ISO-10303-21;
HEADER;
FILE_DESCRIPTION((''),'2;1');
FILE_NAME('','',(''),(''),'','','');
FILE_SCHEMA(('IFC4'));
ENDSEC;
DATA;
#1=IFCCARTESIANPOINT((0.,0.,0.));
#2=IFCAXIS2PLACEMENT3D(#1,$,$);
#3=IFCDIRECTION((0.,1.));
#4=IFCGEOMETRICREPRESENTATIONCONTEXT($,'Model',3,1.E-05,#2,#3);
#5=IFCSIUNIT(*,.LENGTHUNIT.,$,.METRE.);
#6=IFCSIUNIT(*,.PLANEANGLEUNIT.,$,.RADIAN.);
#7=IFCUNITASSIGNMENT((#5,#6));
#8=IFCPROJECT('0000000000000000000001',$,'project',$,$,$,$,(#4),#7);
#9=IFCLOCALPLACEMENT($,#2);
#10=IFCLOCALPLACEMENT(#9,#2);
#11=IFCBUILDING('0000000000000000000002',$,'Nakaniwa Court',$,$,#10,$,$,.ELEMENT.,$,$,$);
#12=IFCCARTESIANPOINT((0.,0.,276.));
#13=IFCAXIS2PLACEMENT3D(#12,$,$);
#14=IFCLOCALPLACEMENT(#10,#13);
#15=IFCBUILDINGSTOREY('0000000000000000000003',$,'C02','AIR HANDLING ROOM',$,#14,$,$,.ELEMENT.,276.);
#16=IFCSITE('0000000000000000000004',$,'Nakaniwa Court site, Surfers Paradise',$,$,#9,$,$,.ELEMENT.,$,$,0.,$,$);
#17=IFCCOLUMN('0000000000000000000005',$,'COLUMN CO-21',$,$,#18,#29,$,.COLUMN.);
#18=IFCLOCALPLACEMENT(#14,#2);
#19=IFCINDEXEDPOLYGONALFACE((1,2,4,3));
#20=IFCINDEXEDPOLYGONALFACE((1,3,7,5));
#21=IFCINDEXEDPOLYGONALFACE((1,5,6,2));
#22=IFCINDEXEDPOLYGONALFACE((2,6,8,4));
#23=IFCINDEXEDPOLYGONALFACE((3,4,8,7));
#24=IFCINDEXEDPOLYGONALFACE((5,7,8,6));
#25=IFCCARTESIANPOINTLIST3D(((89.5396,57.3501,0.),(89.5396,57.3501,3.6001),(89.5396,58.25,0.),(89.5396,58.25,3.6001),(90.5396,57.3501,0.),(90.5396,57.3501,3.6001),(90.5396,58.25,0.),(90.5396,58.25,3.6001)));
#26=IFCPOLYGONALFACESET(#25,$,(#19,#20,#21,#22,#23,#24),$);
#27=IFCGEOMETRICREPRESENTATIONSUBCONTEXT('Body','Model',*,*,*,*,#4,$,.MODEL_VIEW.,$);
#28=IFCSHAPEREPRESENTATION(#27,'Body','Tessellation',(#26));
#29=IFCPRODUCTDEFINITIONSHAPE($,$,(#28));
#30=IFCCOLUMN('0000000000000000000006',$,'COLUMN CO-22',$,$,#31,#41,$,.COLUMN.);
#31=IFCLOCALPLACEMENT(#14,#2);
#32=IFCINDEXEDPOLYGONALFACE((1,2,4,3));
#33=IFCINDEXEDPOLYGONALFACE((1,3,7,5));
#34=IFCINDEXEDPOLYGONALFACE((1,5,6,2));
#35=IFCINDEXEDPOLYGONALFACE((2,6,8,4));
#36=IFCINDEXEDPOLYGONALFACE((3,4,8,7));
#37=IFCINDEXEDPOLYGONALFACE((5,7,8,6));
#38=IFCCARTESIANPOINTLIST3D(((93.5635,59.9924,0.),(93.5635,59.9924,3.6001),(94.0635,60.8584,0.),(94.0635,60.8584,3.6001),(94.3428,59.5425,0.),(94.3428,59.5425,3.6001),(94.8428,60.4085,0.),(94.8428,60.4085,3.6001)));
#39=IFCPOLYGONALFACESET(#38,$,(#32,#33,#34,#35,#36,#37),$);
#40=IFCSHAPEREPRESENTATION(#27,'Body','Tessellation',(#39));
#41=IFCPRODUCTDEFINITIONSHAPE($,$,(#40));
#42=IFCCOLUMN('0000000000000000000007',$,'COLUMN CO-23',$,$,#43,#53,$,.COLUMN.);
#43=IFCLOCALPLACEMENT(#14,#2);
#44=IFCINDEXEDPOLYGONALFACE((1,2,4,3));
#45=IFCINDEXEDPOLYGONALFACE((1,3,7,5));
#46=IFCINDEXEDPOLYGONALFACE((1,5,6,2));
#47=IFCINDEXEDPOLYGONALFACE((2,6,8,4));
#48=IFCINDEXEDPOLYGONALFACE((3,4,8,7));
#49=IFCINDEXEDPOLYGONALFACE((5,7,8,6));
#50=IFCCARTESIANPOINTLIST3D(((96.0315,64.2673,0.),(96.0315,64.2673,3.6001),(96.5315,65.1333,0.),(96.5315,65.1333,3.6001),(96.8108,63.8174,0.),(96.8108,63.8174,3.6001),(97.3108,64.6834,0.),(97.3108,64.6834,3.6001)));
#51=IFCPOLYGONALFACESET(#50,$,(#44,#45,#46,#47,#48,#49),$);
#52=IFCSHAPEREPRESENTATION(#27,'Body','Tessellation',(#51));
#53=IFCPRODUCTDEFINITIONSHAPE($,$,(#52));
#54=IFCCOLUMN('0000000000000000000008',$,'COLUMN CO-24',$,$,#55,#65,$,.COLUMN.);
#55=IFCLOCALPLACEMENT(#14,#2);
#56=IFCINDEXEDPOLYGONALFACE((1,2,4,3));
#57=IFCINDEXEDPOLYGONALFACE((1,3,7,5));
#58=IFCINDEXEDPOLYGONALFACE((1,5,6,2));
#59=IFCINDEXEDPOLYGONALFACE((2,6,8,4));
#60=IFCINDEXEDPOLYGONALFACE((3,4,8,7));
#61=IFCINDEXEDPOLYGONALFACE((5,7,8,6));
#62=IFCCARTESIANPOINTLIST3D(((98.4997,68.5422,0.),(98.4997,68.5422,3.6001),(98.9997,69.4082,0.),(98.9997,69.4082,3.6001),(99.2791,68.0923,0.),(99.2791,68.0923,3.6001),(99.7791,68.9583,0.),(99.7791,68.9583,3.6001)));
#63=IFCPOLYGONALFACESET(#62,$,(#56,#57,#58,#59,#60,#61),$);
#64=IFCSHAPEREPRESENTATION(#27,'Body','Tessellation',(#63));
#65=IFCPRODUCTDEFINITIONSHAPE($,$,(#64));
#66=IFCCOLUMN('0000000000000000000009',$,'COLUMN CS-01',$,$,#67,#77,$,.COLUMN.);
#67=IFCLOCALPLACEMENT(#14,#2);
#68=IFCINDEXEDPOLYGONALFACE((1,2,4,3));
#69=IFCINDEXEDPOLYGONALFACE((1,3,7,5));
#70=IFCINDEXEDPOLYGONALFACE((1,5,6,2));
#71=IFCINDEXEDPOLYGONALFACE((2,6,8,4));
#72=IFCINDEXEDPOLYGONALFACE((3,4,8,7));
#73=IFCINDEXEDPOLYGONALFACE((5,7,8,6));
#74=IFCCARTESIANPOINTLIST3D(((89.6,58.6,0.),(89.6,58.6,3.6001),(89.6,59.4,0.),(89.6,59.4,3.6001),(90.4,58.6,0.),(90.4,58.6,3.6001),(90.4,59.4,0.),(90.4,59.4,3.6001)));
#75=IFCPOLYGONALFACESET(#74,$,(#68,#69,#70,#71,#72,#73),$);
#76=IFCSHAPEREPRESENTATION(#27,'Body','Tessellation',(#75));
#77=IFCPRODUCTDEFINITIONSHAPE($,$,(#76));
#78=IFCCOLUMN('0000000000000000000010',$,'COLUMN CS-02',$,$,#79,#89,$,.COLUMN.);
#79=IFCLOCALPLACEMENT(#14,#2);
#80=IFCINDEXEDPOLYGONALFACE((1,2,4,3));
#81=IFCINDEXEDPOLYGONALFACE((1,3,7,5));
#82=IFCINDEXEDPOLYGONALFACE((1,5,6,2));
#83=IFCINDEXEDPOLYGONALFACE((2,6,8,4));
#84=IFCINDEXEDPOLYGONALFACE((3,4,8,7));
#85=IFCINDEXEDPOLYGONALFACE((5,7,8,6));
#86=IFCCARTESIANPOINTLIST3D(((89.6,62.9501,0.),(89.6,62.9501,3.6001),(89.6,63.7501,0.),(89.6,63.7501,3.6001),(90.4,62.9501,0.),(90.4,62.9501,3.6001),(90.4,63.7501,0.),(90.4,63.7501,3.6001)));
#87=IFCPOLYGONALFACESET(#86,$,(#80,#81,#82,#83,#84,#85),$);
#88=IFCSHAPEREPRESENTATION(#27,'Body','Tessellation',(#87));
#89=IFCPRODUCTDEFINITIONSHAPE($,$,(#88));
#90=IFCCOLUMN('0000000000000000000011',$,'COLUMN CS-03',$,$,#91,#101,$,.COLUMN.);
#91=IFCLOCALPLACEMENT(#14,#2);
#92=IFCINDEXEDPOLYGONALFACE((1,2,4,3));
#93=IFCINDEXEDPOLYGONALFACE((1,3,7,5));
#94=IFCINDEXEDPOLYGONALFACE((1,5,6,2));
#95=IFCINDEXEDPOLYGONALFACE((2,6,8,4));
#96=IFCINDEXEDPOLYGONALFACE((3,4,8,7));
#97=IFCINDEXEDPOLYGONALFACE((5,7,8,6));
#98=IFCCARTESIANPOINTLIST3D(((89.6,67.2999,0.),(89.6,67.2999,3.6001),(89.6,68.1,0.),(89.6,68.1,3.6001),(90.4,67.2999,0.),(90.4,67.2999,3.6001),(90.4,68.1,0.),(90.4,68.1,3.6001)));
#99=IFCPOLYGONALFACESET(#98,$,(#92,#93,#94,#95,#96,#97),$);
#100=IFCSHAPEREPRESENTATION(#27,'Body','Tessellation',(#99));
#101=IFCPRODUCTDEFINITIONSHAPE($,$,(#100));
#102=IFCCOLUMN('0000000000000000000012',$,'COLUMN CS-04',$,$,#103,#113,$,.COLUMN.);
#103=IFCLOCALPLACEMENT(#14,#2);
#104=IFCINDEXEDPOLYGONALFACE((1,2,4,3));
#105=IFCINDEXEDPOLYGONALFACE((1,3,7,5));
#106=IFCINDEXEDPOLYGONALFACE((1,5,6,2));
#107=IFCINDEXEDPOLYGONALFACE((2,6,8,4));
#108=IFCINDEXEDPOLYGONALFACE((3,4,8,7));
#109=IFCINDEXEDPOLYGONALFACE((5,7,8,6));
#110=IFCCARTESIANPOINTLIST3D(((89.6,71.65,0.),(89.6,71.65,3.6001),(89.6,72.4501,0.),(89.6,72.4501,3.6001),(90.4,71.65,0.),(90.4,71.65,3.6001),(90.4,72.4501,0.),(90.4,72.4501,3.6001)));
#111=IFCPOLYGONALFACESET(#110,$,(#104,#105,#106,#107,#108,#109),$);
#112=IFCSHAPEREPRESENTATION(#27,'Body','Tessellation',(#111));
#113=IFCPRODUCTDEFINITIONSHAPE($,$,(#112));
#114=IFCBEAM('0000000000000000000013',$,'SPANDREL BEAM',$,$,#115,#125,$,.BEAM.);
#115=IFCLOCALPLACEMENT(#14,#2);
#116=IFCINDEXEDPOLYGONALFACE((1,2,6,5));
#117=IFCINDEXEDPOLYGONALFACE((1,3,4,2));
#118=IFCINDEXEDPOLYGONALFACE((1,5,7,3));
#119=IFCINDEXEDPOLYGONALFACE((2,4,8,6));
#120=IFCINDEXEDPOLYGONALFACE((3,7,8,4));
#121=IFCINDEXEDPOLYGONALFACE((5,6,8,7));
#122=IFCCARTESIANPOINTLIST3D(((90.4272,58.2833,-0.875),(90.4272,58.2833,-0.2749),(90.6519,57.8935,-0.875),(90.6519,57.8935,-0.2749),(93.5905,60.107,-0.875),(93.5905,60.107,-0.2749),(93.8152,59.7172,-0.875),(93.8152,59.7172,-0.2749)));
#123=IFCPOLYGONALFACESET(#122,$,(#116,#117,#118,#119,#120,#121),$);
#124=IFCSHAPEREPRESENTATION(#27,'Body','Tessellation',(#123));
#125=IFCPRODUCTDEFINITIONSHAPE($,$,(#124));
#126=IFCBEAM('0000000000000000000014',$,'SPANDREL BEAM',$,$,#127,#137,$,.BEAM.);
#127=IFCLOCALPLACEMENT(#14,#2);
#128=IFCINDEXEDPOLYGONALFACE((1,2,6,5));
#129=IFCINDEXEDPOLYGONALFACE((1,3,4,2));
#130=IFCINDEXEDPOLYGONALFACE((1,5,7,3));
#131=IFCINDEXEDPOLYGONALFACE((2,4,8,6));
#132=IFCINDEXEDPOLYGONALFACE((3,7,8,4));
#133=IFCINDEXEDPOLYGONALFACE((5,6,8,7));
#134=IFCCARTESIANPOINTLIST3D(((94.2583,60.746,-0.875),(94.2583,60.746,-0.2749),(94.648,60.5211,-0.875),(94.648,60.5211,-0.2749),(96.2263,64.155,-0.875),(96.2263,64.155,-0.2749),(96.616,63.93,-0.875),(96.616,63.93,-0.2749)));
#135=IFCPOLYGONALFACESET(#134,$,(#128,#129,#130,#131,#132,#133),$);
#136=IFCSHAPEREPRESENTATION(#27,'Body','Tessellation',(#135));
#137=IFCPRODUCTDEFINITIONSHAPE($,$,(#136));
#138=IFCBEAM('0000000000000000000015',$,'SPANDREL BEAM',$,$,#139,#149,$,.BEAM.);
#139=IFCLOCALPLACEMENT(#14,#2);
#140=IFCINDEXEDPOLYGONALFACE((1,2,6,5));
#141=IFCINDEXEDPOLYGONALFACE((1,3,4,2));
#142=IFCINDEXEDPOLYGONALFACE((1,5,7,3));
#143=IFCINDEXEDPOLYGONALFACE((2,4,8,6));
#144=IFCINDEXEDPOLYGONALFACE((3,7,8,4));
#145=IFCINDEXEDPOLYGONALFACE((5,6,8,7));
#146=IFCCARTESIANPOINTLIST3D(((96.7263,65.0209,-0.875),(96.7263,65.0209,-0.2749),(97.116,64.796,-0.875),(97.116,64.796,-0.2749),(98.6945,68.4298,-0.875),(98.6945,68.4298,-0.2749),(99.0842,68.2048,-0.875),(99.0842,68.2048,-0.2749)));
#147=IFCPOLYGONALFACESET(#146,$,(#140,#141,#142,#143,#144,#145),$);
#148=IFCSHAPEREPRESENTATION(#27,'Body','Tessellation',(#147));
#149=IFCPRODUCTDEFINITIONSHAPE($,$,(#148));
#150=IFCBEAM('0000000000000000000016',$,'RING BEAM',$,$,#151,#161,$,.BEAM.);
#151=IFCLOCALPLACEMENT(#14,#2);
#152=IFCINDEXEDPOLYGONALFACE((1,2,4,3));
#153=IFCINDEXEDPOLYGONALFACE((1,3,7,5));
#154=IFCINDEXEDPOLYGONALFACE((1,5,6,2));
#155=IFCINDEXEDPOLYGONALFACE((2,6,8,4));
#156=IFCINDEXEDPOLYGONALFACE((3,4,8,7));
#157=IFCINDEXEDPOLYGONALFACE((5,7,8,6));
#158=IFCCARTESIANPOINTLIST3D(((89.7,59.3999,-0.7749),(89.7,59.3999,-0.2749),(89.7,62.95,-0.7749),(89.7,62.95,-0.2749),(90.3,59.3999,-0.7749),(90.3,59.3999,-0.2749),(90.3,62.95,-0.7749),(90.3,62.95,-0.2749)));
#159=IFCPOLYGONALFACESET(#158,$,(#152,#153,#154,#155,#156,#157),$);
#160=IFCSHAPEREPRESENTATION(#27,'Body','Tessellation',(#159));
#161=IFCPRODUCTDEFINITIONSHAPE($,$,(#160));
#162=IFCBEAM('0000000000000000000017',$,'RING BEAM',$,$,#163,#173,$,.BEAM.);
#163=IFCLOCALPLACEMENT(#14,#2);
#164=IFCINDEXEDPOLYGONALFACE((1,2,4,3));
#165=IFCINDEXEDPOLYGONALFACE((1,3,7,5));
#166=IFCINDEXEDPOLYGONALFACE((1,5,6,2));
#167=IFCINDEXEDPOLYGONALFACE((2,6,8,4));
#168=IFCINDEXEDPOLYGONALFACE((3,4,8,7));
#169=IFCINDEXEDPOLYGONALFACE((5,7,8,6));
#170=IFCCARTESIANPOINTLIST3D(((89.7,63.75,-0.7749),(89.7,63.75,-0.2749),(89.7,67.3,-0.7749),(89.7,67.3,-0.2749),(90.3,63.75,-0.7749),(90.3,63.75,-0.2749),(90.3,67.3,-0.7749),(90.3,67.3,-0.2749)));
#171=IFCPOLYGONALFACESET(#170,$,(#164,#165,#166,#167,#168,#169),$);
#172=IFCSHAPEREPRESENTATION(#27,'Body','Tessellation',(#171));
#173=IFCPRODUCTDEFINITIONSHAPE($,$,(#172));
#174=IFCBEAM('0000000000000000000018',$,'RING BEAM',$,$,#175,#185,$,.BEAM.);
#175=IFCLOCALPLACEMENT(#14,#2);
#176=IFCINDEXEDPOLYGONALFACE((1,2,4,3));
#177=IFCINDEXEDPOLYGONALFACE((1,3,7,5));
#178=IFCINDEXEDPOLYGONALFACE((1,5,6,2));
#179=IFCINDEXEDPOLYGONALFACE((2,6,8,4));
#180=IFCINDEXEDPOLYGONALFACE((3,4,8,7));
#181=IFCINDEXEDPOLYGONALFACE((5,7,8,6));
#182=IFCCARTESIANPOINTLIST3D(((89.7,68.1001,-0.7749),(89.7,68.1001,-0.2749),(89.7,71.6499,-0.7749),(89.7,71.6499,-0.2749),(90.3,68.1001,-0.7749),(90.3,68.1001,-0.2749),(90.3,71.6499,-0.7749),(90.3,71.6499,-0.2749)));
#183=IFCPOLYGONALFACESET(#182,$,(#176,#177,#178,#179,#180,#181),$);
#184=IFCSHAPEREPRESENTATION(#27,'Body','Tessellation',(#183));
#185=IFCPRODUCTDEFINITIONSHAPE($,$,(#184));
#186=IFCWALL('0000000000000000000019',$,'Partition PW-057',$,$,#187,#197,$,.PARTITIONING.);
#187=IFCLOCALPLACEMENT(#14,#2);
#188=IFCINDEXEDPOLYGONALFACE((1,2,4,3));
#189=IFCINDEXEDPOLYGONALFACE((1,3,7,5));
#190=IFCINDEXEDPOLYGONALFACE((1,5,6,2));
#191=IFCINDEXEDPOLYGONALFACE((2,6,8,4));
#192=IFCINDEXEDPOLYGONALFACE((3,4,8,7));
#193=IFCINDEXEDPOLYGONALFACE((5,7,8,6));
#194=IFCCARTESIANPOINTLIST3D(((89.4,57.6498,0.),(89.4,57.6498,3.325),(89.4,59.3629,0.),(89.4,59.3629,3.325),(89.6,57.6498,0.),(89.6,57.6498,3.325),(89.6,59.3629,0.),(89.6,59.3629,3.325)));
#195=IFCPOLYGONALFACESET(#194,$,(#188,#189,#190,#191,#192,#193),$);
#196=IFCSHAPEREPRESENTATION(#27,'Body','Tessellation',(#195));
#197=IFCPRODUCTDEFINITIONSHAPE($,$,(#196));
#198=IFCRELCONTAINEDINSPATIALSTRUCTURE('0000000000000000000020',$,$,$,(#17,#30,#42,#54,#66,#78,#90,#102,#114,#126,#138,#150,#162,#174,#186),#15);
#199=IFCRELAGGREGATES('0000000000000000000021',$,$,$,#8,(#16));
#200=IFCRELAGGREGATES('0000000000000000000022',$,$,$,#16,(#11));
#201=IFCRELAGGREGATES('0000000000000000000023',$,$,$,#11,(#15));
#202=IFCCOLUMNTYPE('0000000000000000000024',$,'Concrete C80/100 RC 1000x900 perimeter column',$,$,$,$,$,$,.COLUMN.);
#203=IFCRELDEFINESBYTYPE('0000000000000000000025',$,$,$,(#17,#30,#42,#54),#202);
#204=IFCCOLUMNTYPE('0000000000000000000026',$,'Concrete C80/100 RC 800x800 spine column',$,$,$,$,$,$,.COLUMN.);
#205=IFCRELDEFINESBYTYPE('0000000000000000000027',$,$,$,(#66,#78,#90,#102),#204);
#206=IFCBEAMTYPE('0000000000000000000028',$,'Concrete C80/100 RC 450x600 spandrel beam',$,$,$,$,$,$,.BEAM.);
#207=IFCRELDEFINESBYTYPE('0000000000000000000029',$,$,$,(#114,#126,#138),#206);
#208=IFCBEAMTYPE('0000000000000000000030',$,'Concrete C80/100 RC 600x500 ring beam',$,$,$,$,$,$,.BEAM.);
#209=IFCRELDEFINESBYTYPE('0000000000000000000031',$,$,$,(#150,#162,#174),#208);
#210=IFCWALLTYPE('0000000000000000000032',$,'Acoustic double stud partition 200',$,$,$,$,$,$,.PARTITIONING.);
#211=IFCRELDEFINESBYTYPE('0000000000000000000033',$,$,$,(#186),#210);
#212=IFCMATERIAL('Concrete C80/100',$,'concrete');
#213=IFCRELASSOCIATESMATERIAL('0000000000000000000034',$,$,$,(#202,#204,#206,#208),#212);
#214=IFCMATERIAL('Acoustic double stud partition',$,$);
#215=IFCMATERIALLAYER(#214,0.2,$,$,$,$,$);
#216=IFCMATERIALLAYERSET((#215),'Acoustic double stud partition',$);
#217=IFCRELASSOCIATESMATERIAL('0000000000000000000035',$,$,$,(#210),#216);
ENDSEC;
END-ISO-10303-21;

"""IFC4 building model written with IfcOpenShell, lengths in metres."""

from ifc_helpers import new_model, si_unit, direction, frame, frame_2d, origin, origin_2d, place, context, subcontext, project, spatial, rectangle, extrude, material, layer, layer_set, material_profile, profile_set, type_object, element, save


model = new_model("IFC4")

# Units and contexts
model_context = context("Model", 3, precision=1e-05, world=origin(), true_north=direction((0.0, 1.0)))
body_context = subcontext(model_context, "Body", "Model", "MODEL_VIEW")
ifc_project = project(units=[si_unit("LENGTHUNIT", "METRE"), si_unit("PLANEANGLEUNIT", "RADIAN")], contexts=[model_context])

# Site, building, storey
site_placement = place(None, origin())
site = spatial("IfcSite", under=ifc_project, at=site_placement, Name="Nakaniwa Court site, Surfers Paradise", CompositionType="ELEMENT", RefElevation=0.0)
building_placement = place(site_placement, origin())
building = spatial("IfcBuilding", under=site, at=building_placement, Name="Nakaniwa Court", CompositionType="ELEMENT")
storey_placement = place(building_placement, frame((0.0, 0.0, 276.0)))
storey = spatial("IfcBuildingStorey", under=building, at=storey_placement, Name="C02", Description="AIR HANDLING ROOM", CompositionType="ELEMENT", Elevation=276.0)

# Columns
ifc_material_1 = material(Name="Concrete C80/100", Category="concrete")
ifc_material_profile_1 = material_profile(ifc_material_1, rectangle(XDim=1.0, YDim=0.8999, at=origin_2d()), Name="Concrete C80/100 RC 1000x900 perimeter column")
ifc_profile_set_1 = profile_set([ifc_material_profile_1], Name="Concrete C80/100")
column_type_1 = type_object("IfcColumnType", Name="Concrete C80/100 RC 1000x900 perimeter column", PredefinedType="COLUMN", material=ifc_profile_set_1)
for number, where, z_axis, x_axis, name in (
    (1, (90.0396, 57.8, 0.0), (0.0, 0.0, 1.0), (1.0, 0.0, 0.0), "COLUMN CO-21"),
    (2, (94.2031, 60.2004, 0.0), (0.0, 0.0, 1.0), (0.5, 0.866025, 0.0), "COLUMN CO-22"),
    (3, (96.6711, 64.4753, 0.0), (0.0, 0.0, 1.0), (0.5, 0.866025, 0.0), "COLUMN CO-23"),
    (4, (99.1394, 68.7502, 0.0), (0.0, 0.0, 1.0), (0.5, 0.866025, 0.0), "COLUMN CO-24"),
):
    element("IfcColumn", number, at=place(storey_placement, frame(where, z_axis=z_axis, x_axis=x_axis)), inside=storey, type_object=column_type_1, Name=name, PredefinedType="COLUMN", context=body_context, shape_type="SweptSolid", body=[
        extrude(rectangle(XDim=1.0, YDim=0.8999, at=origin_2d()), origin(), (0.0, 0.0, 1.0), 3.6001),
    ])
ifc_material_profile_2 = material_profile(ifc_material_1, rectangle(XDim=0.8, YDim=0.8, at=origin_2d()), Name="Concrete C80/100 RC 800x800 spine column")
ifc_profile_set_2 = profile_set([ifc_material_profile_2], Name="Concrete C80/100")
column_type_2 = type_object("IfcColumnType", Name="Concrete C80/100 RC 800x800 spine column", PredefinedType="COLUMN", material=ifc_profile_set_2)
for number, where, z_axis, x_axis, name in (
    (5, (90.0, 59.0, 0.0), (0.0, 0.0, 1.0), (0.0, 1.0, 0.0), "COLUMN CS-01"),
    (6, (90.0, 63.3501, 0.0), (0.0, 0.0, 1.0), (0.0, 1.0, 0.0), "COLUMN CS-02"),
    (7, (90.0, 67.7, 0.0), (0.0, 0.0, 1.0), (0.0, 1.0, 0.0), "COLUMN CS-03"),
    (8, (90.0, 72.05, 0.0), (0.0, 0.0, 1.0), (0.0, 1.0, 0.0), "COLUMN CS-04"),
):
    element("IfcColumn", number, at=place(storey_placement, frame(where, z_axis=z_axis, x_axis=x_axis)), inside=storey, type_object=column_type_2, Name=name, PredefinedType="COLUMN", context=body_context, shape_type="SweptSolid", body=[
        extrude(rectangle(XDim=0.8, YDim=0.8, at=origin_2d()), origin(), (0.0, 0.0, 1.0), 3.6001),
    ])

# Beams
ifc_material_profile_3 = material_profile(ifc_material_1, rectangle(XDim=0.45, YDim=0.6001, at=origin_2d()), Name="Concrete C80/100 RC 450x600 spandrel beam")
ifc_profile_set_3 = profile_set([ifc_material_profile_3], Name="Concrete C80/100")
beam_type_1 = type_object("IfcBeamType", Name="Concrete C80/100 RC 450x600 spandrel beam", PredefinedType="BEAM", material=ifc_profile_set_3)
beam_1_placement = place(storey_placement, frame((90.5396, 58.0884, -0.575), z_axis=(0.866336, 0.499462, 0.0), x_axis=(-0.499462, 0.866336, 0.0)))
element("IfcBeam", 9, at=beam_1_placement, inside=storey, type_object=beam_type_1, Name="SPANDREL BEAM", PredefinedType="BEAM", context=body_context, shape_type="SweptSolid", body=[
    extrude(rectangle(XDim=0.45, YDim=0.6001, at=origin_2d()), origin(), (0.0, 0.0, 1.0), 3.6514),
])
for number, where, z_axis, x_axis, name in (
    (10, (94.4531, 60.6335, -0.575), (0.499975, 0.86604, 0.0), (-0.86604, 0.499975, 0.0), "SPANDREL BEAM"),
    (11, (96.9211, 64.9084, -0.575), (0.500021, 0.866013, 0.0), (-0.866013, 0.500021, 0.0), "SPANDREL BEAM"),
):
    element("IfcBeam", number, at=place(storey_placement, frame(where, z_axis=z_axis, x_axis=x_axis)), inside=storey, type_object=beam_type_1, Name=name, PredefinedType="BEAM", context=body_context, shape_type="SweptSolid", body=[
        extrude(rectangle(XDim=0.45, YDim=0.6001, at=origin_2d()), origin(), (0.0, 0.0, 1.0), 3.9363),
    ])
ifc_material_profile_4 = material_profile(ifc_material_1, rectangle(XDim=0.6001, YDim=0.5, at=origin_2d()), Name="Concrete C80/100 RC 600x500 ring beam")
ifc_profile_set_4 = profile_set([ifc_material_profile_4], Name="Concrete C80/100")
beam_type_2 = type_object("IfcBeamType", Name="Concrete C80/100 RC 600x500 ring beam", PredefinedType="BEAM", material=ifc_profile_set_4)
for number, where, z_axis, x_axis, name in (
    (12, (90.0, 59.3999, -0.5249), (0.0, 1.0, 0.0), (-1.0, 0.0, 0.0), "RING BEAM"),
    (13, (90.0, 63.75, -0.5249), (0.0, 1.0, 0.0), (-1.0, 0.0, 0.0), "RING BEAM"),
):
    element("IfcBeam", number, at=place(storey_placement, frame(where, z_axis=z_axis, x_axis=x_axis)), inside=storey, type_object=beam_type_2, Name=name, PredefinedType="BEAM", context=body_context, shape_type="SweptSolid", body=[
        extrude(rectangle(XDim=0.6001, YDim=0.5, at=origin_2d()), origin(), (0.0, 0.0, 1.0), 3.55),
    ])
beam_2_placement = place(storey_placement, frame((90.0, 68.1001, -0.5249), z_axis=(0.0, 1.0, 0.0), x_axis=(-1.0, 0.0, 0.0)))
element("IfcBeam", 14, at=beam_2_placement, inside=storey, type_object=beam_type_2, Name="RING BEAM", PredefinedType="BEAM", context=body_context, shape_type="SweptSolid", body=[
    extrude(rectangle(XDim=0.6001, YDim=0.5, at=origin_2d()), origin(), (0.0, 0.0, 1.0), 3.5498),
])

# Wall
ifc_material_2 = material(Name="Acoustic double stud partition")
ifc_layer_1 = layer(ifc_material_2, 0.2)
ifc_layer_set_1 = layer_set([ifc_layer_1], Name="Acoustic double stud partition")
wall_type_1 = type_object("IfcWallType", Name="Acoustic double stud partition 200", PredefinedType="PARTITIONING", material=ifc_layer_set_1)
wall_1_placement = place(storey_placement, frame((89.5, 57.6499, 0.0), z_axis=(0.0, 0.0, 1.0), x_axis=(0.0, 1.0, 0.0)))
element("IfcWall", 15, at=wall_1_placement, inside=storey, type_object=wall_type_1, Name="Partition PW-057", PredefinedType="PARTITIONING", context=body_context, shape_type="SweptSolid", body=[
    extrude(rectangle(XDim=1.7131, YDim=0.2, at=frame_2d((0.8564, 0.0))), origin(), (0.0, 0.0, 1.0), 3.325),
])

save(model, "model.ifc")
